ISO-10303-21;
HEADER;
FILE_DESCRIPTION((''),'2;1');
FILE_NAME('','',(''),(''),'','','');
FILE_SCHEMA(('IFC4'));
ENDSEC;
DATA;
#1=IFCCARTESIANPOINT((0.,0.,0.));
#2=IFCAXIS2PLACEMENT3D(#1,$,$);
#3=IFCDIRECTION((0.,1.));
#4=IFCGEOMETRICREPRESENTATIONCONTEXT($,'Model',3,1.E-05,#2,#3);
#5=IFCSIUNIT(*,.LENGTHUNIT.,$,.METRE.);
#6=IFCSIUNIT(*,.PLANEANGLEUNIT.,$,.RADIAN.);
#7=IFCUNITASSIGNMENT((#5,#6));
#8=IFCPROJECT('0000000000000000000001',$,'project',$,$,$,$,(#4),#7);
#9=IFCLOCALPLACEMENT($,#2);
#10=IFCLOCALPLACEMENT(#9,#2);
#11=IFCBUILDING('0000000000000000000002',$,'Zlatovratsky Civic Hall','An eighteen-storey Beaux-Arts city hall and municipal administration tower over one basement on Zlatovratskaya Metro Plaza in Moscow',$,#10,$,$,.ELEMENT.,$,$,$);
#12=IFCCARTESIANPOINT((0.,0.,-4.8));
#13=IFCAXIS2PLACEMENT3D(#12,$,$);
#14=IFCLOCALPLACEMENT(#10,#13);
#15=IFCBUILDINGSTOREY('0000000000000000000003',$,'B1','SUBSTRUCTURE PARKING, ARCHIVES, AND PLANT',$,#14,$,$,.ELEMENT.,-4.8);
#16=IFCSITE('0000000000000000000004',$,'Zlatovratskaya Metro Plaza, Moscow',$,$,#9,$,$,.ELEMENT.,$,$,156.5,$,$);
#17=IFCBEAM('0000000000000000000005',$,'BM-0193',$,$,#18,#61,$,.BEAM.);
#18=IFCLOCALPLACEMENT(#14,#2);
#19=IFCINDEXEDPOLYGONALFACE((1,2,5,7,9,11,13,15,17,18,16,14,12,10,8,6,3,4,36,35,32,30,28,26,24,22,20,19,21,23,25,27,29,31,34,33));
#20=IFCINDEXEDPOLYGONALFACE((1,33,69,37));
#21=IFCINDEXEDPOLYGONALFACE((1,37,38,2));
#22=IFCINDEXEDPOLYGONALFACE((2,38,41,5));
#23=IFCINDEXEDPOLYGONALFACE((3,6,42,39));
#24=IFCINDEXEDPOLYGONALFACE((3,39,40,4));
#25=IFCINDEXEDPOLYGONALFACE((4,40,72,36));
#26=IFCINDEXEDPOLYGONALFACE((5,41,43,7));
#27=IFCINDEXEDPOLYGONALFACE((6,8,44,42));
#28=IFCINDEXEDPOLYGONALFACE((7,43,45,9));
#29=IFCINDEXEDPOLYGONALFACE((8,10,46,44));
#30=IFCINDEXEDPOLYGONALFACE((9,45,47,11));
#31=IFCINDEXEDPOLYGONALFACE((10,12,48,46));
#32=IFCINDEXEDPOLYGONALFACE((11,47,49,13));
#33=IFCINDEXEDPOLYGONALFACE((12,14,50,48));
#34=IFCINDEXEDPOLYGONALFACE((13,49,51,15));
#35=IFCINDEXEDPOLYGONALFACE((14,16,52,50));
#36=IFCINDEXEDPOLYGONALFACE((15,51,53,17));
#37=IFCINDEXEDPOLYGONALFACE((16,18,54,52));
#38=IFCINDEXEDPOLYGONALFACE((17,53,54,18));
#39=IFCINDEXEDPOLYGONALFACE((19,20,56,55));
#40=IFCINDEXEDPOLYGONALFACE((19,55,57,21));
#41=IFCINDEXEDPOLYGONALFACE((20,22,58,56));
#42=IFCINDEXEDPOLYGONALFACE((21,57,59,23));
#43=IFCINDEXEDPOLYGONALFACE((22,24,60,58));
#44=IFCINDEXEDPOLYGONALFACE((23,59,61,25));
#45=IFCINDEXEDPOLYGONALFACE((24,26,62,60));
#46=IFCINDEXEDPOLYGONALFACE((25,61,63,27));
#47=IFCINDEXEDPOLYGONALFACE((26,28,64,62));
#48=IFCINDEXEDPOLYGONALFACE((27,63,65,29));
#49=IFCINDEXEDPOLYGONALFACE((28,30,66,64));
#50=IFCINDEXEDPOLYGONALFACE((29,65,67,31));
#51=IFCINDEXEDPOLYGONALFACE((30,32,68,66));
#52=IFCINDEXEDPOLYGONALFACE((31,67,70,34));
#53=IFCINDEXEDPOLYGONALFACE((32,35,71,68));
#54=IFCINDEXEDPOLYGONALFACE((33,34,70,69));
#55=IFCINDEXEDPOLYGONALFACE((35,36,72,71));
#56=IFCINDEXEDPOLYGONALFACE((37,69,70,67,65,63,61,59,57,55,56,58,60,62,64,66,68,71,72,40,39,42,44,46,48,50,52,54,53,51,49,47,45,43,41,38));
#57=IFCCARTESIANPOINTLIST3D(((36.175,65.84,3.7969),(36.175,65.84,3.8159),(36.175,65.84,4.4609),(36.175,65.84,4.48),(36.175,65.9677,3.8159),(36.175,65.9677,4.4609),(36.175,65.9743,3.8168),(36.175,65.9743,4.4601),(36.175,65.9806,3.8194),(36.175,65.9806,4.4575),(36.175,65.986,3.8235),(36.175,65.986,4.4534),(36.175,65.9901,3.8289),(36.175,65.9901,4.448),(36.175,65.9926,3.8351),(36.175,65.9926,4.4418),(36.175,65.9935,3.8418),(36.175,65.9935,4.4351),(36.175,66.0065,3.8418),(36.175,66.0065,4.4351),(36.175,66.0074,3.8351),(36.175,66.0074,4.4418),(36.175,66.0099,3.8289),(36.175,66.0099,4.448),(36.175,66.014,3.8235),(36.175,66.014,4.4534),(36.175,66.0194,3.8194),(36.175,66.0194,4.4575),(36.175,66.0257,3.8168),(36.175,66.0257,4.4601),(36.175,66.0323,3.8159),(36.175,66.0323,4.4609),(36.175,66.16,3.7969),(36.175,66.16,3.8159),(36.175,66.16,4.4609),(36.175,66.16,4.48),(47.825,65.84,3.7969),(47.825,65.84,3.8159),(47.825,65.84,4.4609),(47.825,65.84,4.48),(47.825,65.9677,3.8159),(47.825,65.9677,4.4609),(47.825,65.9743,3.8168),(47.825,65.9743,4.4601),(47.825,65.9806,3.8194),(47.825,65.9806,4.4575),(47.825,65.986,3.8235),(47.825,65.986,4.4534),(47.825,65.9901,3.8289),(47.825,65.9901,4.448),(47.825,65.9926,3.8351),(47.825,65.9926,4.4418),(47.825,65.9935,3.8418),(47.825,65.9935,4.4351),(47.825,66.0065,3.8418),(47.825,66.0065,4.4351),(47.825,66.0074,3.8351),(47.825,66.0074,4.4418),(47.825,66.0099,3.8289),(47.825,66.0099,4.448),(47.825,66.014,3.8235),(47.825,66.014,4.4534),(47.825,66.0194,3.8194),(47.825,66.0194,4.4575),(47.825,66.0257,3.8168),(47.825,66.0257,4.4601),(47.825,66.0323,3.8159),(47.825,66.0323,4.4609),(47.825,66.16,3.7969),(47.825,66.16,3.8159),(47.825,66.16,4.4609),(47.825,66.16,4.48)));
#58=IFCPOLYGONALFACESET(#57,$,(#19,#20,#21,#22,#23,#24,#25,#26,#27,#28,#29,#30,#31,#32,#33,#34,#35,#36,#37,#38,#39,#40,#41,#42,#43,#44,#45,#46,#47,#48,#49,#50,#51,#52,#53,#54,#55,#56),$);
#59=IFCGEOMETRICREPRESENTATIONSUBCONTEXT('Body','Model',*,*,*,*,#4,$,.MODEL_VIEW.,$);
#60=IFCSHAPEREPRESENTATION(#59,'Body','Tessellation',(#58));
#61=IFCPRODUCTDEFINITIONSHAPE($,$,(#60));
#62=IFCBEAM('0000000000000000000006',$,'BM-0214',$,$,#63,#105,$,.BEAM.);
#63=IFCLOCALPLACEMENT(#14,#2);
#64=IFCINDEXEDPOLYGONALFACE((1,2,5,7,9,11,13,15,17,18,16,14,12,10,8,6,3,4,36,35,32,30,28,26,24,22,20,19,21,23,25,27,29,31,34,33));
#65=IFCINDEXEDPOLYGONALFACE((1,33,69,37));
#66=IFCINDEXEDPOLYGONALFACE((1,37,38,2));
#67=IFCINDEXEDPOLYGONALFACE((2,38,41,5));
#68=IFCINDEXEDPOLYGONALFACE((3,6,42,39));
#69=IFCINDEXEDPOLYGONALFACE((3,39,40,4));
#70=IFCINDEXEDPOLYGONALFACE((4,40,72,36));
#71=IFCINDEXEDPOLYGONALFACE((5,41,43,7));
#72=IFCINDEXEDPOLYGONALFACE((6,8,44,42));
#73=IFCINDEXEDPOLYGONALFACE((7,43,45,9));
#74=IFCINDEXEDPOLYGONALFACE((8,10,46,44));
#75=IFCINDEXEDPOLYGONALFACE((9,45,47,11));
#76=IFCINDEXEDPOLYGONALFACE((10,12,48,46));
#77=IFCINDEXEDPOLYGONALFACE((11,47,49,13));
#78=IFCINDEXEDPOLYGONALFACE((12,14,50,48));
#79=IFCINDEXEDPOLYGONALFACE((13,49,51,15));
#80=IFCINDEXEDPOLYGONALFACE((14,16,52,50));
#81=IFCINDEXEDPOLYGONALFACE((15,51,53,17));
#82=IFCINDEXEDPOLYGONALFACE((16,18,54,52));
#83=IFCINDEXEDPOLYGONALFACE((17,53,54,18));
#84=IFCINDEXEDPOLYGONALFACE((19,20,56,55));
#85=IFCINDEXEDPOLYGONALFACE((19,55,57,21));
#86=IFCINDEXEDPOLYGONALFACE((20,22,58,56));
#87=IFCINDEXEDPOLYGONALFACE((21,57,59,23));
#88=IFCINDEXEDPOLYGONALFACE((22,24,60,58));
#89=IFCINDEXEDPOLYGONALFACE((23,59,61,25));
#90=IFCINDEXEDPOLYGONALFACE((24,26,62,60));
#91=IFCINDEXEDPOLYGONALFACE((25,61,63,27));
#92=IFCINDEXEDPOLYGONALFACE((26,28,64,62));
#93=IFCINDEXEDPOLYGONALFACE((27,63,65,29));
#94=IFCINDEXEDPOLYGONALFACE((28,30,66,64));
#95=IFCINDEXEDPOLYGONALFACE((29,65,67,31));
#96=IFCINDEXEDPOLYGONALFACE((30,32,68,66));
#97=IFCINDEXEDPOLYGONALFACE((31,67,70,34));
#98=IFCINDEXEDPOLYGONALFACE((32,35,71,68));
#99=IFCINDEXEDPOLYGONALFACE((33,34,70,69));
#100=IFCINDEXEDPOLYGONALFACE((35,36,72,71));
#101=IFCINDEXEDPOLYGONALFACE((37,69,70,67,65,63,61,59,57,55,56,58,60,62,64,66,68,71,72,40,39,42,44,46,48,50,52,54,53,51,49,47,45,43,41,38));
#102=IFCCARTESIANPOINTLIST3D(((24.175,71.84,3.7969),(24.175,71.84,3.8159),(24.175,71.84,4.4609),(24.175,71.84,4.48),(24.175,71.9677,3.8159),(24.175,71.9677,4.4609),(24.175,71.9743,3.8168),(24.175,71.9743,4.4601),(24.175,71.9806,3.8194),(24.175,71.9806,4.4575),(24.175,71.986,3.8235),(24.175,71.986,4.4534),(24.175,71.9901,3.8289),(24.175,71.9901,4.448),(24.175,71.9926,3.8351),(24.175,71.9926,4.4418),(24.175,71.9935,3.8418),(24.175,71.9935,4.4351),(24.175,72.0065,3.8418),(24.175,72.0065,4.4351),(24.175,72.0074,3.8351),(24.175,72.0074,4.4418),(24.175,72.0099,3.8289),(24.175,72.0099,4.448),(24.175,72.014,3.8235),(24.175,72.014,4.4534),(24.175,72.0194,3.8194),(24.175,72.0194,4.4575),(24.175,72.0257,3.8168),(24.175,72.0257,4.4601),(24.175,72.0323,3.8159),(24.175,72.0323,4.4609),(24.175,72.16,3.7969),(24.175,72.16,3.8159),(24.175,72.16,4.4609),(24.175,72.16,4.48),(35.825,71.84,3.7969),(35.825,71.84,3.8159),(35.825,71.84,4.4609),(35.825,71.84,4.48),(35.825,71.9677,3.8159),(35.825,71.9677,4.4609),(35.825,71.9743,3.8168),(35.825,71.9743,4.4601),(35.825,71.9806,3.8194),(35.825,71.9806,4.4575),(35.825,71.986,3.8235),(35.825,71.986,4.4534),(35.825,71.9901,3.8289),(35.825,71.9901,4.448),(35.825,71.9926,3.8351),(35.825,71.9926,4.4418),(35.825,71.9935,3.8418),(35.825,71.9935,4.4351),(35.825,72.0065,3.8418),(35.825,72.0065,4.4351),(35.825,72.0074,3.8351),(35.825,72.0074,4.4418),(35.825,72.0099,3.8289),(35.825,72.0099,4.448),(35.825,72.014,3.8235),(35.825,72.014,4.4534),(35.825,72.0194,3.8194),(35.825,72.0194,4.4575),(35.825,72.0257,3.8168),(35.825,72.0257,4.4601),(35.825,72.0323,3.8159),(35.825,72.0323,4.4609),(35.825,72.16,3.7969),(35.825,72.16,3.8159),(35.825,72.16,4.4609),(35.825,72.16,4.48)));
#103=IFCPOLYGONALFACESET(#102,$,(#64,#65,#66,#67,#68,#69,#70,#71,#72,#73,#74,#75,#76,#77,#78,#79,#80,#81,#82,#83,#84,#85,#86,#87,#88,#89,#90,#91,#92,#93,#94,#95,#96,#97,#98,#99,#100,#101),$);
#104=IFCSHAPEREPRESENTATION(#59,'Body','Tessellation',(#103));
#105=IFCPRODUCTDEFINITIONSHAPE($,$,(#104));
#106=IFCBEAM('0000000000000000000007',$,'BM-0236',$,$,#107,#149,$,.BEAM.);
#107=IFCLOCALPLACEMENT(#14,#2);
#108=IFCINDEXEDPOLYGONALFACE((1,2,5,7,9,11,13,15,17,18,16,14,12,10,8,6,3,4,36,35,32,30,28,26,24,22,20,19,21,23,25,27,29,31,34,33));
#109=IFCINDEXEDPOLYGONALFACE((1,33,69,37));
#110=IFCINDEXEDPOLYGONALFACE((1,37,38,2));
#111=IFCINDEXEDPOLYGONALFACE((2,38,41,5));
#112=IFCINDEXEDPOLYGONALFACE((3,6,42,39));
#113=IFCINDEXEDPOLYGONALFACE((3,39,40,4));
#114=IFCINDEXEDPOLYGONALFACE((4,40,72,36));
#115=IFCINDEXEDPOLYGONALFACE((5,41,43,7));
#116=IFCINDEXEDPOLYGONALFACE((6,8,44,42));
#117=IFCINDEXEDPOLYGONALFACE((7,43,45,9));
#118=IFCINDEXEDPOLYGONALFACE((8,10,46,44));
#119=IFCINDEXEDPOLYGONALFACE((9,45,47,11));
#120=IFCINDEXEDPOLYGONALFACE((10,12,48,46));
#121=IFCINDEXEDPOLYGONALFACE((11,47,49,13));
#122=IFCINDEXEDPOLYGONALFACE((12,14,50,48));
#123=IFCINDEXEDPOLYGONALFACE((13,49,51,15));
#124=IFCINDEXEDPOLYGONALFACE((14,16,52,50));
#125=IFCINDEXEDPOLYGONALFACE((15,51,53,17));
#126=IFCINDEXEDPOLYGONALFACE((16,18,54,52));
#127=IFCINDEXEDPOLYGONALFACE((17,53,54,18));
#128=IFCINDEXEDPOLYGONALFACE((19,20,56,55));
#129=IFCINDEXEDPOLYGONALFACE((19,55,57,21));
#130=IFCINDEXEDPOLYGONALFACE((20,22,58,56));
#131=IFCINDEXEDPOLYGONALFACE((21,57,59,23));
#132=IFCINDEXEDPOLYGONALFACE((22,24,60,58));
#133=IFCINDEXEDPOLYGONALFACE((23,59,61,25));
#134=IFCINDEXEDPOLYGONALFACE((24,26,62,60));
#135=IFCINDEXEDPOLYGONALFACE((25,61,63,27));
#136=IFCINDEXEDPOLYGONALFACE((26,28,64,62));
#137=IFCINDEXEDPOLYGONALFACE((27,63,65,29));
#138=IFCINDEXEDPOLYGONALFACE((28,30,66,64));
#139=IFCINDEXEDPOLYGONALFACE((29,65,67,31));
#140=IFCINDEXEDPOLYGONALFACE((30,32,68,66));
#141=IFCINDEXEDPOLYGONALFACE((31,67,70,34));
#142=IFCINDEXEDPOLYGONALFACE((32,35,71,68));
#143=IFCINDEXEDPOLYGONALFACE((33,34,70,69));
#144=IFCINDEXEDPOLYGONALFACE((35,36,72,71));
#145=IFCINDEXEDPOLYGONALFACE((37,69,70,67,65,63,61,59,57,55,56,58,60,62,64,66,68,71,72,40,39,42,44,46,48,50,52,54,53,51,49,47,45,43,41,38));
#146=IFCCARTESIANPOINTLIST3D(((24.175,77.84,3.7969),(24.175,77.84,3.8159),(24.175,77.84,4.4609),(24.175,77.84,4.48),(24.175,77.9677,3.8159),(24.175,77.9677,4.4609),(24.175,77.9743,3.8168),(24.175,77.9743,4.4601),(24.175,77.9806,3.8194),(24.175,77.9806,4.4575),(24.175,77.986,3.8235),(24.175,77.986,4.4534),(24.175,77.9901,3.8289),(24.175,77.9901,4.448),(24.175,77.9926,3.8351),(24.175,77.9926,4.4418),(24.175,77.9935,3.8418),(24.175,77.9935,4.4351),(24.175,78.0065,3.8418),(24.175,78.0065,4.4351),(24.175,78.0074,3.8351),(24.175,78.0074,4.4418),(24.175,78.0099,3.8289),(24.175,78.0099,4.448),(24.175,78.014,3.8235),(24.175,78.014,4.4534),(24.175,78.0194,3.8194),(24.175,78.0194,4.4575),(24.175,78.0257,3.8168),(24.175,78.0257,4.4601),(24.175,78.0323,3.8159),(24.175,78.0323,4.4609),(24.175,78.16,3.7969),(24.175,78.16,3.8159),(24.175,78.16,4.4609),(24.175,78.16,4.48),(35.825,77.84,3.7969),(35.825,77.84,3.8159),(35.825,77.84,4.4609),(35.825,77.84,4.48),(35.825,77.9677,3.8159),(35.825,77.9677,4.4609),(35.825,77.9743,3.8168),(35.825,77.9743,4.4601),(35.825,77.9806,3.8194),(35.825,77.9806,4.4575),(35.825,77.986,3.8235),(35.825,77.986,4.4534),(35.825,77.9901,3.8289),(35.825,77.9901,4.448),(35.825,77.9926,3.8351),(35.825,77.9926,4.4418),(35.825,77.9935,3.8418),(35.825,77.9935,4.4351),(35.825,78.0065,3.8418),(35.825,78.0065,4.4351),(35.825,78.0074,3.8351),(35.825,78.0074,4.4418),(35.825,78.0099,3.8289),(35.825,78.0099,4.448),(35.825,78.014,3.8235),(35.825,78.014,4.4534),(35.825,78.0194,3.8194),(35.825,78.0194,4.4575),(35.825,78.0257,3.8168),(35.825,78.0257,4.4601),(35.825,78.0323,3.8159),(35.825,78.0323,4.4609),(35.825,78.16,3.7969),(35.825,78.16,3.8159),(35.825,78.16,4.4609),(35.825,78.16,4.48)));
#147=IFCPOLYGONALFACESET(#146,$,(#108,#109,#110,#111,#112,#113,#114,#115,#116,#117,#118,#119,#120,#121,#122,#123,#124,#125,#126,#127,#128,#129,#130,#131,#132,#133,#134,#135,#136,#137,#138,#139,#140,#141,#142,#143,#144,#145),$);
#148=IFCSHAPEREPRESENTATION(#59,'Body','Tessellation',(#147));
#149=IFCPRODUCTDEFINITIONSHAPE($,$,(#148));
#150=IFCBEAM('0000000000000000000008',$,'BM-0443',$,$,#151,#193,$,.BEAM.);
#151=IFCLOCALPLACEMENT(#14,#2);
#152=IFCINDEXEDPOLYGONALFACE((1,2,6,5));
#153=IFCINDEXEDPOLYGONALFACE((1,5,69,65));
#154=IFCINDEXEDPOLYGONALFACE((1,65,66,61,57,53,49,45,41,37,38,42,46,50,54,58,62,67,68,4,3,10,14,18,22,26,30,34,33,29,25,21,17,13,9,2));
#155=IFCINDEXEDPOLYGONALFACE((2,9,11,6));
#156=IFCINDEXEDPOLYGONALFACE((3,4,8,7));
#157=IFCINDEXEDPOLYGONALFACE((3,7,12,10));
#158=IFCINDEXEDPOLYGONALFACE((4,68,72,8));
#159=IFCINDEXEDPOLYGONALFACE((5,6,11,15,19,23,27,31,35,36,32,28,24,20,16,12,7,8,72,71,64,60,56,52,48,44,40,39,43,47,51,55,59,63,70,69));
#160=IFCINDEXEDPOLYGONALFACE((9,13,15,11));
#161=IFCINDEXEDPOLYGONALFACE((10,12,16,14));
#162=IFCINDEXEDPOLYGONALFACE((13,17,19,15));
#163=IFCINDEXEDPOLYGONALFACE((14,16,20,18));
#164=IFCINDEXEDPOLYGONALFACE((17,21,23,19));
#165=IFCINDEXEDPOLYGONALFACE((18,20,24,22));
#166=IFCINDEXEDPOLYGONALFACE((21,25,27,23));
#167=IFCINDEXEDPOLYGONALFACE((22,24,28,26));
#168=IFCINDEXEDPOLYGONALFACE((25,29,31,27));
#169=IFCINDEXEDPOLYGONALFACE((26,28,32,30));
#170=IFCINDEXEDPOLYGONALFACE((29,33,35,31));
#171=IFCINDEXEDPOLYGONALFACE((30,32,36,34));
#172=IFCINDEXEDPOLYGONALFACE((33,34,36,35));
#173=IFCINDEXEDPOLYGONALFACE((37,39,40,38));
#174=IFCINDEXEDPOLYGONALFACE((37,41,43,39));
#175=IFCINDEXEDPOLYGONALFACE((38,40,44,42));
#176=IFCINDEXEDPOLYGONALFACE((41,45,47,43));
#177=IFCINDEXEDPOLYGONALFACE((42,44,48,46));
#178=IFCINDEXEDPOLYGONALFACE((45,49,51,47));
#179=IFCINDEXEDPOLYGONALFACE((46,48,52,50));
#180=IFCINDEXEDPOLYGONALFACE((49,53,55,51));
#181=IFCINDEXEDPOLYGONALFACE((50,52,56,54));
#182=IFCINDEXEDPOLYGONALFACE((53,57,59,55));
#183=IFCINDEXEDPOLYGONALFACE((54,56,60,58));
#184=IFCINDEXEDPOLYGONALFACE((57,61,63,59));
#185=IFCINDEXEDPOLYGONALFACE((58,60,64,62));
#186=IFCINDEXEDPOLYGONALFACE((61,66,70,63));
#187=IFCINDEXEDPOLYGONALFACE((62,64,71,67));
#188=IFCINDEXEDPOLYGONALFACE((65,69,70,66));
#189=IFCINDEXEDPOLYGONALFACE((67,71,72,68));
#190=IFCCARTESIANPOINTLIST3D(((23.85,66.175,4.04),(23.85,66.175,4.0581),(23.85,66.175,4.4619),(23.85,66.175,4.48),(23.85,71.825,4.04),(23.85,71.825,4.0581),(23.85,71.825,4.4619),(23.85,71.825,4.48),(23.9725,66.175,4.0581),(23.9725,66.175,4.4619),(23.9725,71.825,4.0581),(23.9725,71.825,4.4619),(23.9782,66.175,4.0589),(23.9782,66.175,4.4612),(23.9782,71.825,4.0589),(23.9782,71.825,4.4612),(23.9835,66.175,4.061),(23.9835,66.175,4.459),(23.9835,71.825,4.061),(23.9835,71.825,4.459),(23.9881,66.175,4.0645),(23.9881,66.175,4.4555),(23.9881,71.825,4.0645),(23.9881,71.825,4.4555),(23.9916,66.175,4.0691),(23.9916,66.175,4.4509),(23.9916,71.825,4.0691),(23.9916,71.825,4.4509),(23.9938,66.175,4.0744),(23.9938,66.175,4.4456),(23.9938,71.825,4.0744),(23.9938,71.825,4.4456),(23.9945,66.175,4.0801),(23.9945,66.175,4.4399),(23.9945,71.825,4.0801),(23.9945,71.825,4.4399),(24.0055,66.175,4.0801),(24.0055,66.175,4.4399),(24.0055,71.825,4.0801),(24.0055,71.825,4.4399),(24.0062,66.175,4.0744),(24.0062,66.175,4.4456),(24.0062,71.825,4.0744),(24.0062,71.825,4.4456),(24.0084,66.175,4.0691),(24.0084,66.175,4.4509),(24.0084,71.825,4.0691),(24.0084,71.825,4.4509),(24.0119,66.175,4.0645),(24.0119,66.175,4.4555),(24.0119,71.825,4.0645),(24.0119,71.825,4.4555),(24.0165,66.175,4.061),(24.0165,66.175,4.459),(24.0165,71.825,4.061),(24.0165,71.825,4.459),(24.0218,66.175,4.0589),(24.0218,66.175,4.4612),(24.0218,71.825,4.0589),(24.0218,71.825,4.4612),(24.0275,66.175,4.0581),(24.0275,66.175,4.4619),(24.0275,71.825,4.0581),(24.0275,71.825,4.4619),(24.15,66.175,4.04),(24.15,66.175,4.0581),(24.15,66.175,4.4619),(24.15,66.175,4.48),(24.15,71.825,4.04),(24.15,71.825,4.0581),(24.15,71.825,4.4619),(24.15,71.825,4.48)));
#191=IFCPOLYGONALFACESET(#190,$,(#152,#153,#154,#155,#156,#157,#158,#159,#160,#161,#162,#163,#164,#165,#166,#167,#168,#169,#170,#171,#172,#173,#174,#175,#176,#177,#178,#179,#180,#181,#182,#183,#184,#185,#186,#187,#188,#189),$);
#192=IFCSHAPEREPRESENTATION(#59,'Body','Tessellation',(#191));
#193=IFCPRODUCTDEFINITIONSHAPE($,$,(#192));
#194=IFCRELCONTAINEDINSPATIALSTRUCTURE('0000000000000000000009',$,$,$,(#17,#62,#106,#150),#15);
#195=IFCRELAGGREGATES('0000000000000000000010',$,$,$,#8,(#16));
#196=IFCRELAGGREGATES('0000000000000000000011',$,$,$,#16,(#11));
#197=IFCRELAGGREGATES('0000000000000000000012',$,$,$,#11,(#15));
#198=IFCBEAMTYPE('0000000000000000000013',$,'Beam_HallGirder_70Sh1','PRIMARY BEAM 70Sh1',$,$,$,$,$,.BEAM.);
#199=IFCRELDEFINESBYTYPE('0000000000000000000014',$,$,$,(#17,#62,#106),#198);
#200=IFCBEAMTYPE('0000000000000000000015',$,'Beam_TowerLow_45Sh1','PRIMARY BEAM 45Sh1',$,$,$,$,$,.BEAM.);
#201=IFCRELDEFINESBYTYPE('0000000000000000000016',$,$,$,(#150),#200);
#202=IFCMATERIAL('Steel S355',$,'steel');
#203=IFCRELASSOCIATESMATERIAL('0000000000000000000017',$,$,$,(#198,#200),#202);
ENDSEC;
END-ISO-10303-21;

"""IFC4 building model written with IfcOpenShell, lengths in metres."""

from ifc_helpers import new_model, si_unit, direction, frame, origin, origin_2d, place, context, subcontext, project, spatial, i_section, extrude, material, material_profile, profile_set, type_object, element, save


model = new_model("IFC4")

# Units and contexts
model_context = context("Model", 3, precision=1e-05, world=origin(), true_north=direction((0.0, 1.0)))
body_context = subcontext(model_context, "Body", "Model", "MODEL_VIEW")
ifc_project = project(units=[si_unit("LENGTHUNIT", "METRE"), si_unit("PLANEANGLEUNIT", "RADIAN")], contexts=[model_context])

# Site, building, storey
site_placement = place(None, origin())
site = spatial("IfcSite", under=ifc_project, at=site_placement, Name="Zlatovratskaya Metro Plaza, Moscow", CompositionType="ELEMENT", RefElevation=156.5)
building_placement = place(site_placement, origin())
building = spatial("IfcBuilding", under=site, at=building_placement, Name="Zlatovratsky Civic Hall", Description="An eighteen-storey Beaux-Arts city hall and municipal administration tower over one basement on Zlatovratskaya Metro Plaza in Moscow", CompositionType="ELEMENT")
storey_placement = place(building_placement, frame((0.0, 0.0, -4.8)))
storey = spatial("IfcBuildingStorey", under=building, at=storey_placement, Name="B1", Description="SUBSTRUCTURE PARKING, ARCHIVES, AND PLANT", CompositionType="ELEMENT", Elevation=-4.8)

# Shared definitions
ifc_material_1 = material(Name="Steel S355", Category="steel")

# Beams
ifc_material_profile_1 = material_profile(ifc_material_1, i_section(OverallWidth=0.3201, OverallDepth=0.6831, WebThickness=0.0129, FlangeThickness=0.019, FilletRadius=0.0259, at=origin_2d()), Name="70Sh1")
ifc_profile_set_1 = profile_set([ifc_material_profile_1], Name="Steel S355")
beam_type_1 = type_object("IfcBeamType", Name="Beam_HallGirder_70Sh1", Description="PRIMARY BEAM 70Sh1", PredefinedType="BEAM", material=ifc_profile_set_1)
for number, where, z_axis, x_axis, name in (
    (1, (36.175, 66.0, 4.1384), (1.0, 0.0, 0.0), (0.0, 1.0, 0.0), "BM-0193"),
    (2, (24.175, 72.0, 4.1384), (1.0, 0.0, 0.0), (0.0, 1.0, 0.0), "BM-0214"),
    (3, (24.175, 78.0, 4.1384), (1.0, 0.0, 0.0), (0.0, 1.0, 0.0), "BM-0236"),
):
    element("IfcBeam", number, at=place(storey_placement, frame(where, z_axis=z_axis, x_axis=x_axis)), inside=storey, type_object=beam_type_1, Name=name, PredefinedType="BEAM", context=body_context, shape_type="SweptSolid", body=[
        extrude(i_section(OverallWidth=0.3201, OverallDepth=0.6831, WebThickness=0.0129, FlangeThickness=0.019, FilletRadius=0.0259, at=origin_2d()), origin(), (0.0, 0.0, 1.0), 11.6499),
    ])
ifc_material_profile_2 = material_profile(ifc_material_1, i_section(OverallWidth=0.3, OverallDepth=0.4399, WebThickness=0.011, FlangeThickness=0.0181, FilletRadius=0.022, at=origin_2d()), Name="45Sh1")
ifc_profile_set_2 = profile_set([ifc_material_profile_2], Name="Steel S355")
beam_type_2 = type_object("IfcBeamType", Name="Beam_TowerLow_45Sh1", Description="PRIMARY BEAM 45Sh1", PredefinedType="BEAM", material=ifc_profile_set_2)
for number, where, z_axis, x_axis, name in (
    (4, (24.0, 66.175, 4.26), (0.0, 1.0, 0.0), (-1.0, 0.0, 0.0), "BM-0443"),
):
    element("IfcBeam", number, at=place(storey_placement, frame(where, z_axis=z_axis, x_axis=x_axis)), inside=storey, type_object=beam_type_2, Name=name, PredefinedType="BEAM", context=body_context, shape_type="SweptSolid", body=[
        extrude(i_section(OverallWidth=0.3, OverallDepth=0.4399, WebThickness=0.011, FlangeThickness=0.0181, FilletRadius=0.022, at=origin_2d()), origin(), (0.0, 0.0, 1.0), 5.6499),
    ])

save(model, "model.ifc")
